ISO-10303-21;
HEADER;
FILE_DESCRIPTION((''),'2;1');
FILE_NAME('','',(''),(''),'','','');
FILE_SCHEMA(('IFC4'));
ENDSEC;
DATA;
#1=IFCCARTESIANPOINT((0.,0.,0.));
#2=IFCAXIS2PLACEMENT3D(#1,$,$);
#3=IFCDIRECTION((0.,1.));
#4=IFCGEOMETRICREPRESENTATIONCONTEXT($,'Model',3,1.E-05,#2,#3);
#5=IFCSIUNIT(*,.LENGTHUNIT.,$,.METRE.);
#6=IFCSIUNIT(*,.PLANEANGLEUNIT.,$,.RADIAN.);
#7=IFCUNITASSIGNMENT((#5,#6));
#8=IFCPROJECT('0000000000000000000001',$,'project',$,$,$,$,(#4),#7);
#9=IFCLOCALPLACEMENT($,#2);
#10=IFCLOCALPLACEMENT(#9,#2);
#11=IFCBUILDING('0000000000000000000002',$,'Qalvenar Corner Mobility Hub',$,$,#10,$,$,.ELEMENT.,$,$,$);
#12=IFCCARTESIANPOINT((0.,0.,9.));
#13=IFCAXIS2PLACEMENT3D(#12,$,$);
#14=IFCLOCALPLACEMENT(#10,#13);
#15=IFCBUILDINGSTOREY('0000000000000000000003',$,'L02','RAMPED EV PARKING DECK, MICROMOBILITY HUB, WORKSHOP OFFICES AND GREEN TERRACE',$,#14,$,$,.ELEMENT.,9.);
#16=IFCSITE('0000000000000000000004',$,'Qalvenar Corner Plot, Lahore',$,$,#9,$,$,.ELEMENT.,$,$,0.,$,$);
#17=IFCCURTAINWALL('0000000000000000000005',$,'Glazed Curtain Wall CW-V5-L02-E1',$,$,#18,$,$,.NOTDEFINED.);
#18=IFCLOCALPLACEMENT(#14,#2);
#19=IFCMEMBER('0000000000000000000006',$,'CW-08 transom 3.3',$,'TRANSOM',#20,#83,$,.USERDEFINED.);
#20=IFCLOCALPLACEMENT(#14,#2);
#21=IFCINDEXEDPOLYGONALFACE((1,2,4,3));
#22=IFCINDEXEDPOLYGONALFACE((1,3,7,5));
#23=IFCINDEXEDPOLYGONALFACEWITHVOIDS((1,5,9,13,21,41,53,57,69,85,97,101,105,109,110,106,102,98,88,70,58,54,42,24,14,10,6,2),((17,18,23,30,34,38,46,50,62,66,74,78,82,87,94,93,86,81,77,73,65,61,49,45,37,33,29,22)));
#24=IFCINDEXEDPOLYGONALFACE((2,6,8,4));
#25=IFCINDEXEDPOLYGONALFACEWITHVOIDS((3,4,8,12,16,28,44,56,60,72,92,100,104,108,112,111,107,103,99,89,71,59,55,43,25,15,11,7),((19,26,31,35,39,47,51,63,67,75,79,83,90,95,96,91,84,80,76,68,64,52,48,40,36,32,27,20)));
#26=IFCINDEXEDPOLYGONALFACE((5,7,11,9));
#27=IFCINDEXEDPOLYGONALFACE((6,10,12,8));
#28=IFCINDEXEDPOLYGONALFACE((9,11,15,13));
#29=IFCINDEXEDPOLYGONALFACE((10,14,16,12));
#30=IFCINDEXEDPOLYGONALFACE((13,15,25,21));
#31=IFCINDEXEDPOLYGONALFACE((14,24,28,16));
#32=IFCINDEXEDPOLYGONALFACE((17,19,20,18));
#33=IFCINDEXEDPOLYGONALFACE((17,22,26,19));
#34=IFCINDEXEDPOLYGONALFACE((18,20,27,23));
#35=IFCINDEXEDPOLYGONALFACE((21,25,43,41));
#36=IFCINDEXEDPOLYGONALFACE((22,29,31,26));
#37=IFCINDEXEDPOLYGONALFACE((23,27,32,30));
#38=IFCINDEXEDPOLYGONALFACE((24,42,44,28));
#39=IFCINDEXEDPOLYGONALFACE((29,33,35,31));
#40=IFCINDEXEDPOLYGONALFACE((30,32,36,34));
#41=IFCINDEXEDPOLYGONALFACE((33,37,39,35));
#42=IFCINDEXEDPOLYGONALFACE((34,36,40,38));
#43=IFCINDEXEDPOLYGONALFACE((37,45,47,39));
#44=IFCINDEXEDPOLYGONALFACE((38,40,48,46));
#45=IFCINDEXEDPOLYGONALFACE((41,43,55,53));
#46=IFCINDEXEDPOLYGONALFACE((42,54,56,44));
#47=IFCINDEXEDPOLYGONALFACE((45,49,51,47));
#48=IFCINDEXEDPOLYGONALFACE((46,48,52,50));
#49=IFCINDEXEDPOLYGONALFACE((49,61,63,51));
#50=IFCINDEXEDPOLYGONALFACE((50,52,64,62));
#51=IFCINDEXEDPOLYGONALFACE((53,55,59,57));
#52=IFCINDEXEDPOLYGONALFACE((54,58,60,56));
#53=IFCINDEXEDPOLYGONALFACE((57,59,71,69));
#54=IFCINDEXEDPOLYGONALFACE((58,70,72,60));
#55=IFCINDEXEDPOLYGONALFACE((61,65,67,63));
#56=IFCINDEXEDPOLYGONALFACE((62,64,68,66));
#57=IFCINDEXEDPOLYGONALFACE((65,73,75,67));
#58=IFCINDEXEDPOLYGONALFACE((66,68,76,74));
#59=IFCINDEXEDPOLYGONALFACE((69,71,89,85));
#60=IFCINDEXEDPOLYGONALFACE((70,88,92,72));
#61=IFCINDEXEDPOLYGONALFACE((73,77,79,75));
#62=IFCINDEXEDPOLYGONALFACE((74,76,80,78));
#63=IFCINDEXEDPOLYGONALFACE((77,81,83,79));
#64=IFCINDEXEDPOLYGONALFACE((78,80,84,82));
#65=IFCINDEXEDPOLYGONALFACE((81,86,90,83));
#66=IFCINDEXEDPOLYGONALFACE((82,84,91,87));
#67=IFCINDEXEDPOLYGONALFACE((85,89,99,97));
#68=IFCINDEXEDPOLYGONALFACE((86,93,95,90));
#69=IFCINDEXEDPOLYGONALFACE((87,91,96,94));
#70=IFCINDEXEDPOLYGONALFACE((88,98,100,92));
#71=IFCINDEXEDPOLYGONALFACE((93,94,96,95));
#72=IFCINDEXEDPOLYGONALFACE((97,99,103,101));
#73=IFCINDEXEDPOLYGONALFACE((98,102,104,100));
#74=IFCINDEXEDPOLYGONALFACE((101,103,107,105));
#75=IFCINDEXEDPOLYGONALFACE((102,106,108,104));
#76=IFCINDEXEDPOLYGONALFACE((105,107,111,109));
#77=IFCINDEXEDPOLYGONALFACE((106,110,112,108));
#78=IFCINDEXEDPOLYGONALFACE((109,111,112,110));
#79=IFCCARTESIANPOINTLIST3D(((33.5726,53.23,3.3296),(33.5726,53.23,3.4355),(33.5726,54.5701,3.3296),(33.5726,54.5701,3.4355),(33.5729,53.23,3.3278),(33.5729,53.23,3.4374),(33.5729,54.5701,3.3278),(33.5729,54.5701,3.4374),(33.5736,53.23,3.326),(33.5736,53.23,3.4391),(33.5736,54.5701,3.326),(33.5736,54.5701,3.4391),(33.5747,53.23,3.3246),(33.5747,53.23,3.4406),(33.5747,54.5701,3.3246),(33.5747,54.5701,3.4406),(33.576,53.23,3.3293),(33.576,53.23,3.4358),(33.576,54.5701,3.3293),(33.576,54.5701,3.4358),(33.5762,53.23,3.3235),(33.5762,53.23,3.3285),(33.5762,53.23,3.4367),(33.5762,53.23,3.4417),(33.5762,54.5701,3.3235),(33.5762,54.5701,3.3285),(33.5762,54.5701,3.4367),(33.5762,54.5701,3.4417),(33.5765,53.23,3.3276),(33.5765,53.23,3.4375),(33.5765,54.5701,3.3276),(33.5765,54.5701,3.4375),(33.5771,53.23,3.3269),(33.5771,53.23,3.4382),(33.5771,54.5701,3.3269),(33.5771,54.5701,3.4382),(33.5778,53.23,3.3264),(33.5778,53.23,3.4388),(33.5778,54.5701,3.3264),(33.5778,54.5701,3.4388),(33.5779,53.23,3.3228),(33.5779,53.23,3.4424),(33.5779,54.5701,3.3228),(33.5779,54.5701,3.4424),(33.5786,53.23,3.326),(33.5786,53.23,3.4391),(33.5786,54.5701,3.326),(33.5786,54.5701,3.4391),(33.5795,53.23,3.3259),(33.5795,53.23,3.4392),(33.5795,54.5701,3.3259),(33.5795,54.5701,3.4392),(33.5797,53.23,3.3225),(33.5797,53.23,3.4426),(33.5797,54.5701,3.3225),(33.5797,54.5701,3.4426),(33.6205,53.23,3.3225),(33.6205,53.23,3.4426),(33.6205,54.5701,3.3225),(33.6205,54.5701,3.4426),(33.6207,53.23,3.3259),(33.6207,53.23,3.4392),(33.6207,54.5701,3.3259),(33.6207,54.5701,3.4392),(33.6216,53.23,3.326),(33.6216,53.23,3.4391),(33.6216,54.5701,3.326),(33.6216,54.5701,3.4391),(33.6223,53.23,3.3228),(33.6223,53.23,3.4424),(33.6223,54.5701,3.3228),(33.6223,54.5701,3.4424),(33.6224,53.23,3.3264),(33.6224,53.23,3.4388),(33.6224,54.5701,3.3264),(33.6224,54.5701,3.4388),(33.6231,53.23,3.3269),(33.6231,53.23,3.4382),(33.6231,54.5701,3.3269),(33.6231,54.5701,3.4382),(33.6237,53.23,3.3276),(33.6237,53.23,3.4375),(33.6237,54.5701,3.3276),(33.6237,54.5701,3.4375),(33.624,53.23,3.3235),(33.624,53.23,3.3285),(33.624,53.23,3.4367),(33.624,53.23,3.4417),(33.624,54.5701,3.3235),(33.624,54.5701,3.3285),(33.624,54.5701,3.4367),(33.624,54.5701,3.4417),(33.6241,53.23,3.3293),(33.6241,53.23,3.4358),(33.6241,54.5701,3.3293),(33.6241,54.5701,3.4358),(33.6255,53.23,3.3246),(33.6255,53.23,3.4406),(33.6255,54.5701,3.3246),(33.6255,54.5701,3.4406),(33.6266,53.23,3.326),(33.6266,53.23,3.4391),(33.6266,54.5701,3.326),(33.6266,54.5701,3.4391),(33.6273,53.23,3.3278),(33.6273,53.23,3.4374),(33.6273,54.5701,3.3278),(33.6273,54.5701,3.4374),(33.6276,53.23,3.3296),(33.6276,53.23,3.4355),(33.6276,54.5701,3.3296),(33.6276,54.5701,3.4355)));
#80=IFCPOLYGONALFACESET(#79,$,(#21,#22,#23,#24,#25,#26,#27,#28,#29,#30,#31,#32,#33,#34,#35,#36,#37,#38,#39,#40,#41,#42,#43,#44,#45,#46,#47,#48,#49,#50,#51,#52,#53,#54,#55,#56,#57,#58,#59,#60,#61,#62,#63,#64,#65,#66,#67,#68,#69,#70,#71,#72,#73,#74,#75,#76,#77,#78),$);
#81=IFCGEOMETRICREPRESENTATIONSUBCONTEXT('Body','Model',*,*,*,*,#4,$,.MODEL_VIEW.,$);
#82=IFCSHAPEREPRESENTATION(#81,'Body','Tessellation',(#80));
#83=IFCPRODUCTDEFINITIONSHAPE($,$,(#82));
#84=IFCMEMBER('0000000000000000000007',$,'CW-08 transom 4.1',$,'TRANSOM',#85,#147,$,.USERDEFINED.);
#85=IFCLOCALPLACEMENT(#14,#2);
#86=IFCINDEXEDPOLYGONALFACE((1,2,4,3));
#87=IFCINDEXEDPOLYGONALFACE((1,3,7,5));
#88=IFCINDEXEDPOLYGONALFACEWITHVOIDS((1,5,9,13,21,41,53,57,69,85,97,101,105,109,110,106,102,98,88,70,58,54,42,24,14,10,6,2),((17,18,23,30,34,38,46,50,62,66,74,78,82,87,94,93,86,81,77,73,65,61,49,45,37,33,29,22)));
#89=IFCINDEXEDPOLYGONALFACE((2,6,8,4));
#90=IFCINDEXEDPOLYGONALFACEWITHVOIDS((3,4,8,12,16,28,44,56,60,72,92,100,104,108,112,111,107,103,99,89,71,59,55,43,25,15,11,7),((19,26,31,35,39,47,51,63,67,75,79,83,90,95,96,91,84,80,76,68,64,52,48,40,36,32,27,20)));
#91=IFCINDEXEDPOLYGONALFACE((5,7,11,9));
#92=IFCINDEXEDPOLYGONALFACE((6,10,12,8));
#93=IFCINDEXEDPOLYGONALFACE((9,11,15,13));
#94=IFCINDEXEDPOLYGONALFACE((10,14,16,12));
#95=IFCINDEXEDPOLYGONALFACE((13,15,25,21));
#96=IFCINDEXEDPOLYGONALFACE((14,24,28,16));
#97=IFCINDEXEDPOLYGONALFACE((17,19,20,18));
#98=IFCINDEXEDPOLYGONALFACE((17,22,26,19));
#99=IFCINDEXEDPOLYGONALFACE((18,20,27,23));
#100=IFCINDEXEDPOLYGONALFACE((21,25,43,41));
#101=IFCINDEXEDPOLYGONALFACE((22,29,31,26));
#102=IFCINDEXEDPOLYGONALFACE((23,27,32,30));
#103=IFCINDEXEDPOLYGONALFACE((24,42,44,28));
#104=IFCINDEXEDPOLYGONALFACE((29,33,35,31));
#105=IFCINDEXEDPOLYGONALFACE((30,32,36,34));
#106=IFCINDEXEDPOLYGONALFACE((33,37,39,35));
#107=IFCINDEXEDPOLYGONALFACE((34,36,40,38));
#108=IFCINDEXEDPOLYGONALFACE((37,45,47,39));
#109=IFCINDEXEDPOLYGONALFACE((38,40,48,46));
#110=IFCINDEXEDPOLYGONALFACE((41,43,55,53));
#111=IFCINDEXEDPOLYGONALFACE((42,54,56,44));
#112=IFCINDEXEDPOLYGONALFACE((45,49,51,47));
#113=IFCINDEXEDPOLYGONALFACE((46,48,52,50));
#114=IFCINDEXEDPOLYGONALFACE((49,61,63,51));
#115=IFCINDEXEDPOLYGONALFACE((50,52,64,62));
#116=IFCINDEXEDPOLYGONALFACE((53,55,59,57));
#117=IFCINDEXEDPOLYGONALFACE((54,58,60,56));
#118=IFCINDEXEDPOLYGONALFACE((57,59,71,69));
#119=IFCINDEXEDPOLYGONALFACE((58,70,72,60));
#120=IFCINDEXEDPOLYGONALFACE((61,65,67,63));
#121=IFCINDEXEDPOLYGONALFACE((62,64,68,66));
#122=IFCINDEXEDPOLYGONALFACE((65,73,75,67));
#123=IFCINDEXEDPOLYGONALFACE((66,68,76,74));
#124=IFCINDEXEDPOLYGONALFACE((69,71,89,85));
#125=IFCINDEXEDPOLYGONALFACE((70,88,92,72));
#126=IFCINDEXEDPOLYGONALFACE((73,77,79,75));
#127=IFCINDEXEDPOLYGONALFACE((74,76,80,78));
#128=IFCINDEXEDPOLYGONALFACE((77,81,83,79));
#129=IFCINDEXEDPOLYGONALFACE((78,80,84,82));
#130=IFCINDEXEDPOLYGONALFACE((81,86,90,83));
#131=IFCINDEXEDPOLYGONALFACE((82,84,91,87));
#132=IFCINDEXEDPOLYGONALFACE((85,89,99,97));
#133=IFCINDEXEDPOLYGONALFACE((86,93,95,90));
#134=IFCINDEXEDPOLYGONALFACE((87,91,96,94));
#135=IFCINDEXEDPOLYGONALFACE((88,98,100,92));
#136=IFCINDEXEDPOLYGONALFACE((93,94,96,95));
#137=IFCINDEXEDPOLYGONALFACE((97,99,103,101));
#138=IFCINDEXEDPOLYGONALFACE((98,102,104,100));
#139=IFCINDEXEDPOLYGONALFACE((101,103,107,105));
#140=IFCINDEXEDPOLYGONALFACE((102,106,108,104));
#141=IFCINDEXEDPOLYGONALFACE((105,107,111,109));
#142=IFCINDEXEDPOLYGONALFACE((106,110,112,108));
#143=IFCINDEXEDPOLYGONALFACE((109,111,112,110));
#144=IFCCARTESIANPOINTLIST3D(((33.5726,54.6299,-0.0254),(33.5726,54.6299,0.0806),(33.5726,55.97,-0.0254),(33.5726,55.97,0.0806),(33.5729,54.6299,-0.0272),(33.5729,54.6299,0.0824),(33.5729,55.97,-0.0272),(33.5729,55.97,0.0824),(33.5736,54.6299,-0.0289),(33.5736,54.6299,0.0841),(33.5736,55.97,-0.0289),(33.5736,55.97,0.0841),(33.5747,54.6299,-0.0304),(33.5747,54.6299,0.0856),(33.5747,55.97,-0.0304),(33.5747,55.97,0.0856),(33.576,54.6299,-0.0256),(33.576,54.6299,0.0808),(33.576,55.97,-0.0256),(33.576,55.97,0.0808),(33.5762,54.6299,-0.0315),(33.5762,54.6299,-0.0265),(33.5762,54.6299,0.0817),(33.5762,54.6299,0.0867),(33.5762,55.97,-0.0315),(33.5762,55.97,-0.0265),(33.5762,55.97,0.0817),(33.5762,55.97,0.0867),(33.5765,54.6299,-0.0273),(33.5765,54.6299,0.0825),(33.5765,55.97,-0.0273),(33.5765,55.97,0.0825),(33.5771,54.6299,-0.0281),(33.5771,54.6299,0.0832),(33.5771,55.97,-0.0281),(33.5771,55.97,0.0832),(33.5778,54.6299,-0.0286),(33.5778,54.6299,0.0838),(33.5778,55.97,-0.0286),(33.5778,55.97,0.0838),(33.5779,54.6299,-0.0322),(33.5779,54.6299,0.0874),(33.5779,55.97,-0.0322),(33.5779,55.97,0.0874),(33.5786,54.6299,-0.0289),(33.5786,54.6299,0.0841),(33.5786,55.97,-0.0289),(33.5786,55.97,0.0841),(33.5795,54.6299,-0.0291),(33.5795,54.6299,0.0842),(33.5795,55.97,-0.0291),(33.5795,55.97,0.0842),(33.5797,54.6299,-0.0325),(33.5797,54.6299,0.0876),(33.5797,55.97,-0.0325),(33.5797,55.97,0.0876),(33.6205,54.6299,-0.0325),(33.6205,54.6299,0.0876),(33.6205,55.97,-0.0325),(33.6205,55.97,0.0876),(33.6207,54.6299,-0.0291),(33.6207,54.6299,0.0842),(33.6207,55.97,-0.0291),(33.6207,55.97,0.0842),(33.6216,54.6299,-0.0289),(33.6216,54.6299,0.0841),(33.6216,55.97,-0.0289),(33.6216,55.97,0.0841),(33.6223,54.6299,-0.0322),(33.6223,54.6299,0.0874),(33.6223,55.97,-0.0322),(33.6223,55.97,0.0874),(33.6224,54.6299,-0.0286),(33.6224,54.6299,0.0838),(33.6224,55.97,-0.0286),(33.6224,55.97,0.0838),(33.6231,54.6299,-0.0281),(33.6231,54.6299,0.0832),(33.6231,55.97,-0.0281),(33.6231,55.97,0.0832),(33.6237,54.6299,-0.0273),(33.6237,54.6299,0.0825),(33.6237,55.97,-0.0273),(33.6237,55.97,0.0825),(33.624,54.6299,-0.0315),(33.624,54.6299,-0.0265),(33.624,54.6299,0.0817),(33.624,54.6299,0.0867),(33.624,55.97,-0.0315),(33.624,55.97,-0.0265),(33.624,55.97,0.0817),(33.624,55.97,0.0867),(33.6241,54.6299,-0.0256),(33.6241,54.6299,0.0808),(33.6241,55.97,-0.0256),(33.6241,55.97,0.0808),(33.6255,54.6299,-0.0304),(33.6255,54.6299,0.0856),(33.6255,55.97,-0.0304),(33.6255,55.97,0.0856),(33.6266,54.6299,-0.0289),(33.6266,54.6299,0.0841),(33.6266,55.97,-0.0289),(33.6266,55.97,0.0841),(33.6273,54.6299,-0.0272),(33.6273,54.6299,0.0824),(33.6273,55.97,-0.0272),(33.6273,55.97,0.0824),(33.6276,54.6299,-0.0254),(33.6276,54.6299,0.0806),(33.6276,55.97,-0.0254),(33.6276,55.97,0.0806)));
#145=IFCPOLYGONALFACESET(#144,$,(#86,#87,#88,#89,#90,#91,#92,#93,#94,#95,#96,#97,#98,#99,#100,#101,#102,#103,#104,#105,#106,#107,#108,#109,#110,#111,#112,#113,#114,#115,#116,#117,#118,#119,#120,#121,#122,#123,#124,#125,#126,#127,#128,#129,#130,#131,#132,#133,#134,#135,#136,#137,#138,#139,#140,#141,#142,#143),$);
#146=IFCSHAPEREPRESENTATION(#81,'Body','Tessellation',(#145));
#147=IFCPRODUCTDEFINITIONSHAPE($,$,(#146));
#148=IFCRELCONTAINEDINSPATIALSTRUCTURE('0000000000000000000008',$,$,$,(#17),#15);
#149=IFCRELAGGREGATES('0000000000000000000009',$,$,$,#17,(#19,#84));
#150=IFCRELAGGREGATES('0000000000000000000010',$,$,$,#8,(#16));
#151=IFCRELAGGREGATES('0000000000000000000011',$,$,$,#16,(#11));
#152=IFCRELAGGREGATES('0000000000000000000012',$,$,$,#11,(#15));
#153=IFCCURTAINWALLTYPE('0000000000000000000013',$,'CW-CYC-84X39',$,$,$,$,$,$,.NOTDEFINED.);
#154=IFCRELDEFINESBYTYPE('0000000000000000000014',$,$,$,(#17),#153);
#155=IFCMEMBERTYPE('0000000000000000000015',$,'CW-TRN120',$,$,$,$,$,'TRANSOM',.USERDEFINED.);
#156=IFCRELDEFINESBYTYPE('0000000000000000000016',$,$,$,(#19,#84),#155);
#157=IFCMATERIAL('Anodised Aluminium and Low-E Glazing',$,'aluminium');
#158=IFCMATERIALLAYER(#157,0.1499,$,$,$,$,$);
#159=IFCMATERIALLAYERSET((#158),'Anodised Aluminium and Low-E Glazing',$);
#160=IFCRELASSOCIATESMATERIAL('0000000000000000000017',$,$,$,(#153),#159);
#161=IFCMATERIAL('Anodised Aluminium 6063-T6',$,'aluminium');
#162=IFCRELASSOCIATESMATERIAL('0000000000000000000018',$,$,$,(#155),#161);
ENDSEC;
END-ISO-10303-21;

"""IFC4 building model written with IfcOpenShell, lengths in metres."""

from ifc_helpers import new_model, si_unit, direction, frame, origin, origin_2d, place, context, subcontext, project, spatial, hollow_rectangle, extrude, material, layer, layer_set, material_profile, profile_set, type_object, element, aggregate, save


model = new_model("IFC4")

# Units and contexts
model_context = context("Model", 3, precision=1e-05, world=origin(), true_north=direction((0.0, 1.0)))
body_context = subcontext(model_context, "Body", "Model", "MODEL_VIEW")
ifc_project = project(units=[si_unit("LENGTHUNIT", "METRE"), si_unit("PLANEANGLEUNIT", "RADIAN")], contexts=[model_context])

# Site, building, storey
site_placement = place(None, origin())
site = spatial("IfcSite", under=ifc_project, at=site_placement, Name="Qalvenar Corner Plot, Lahore", CompositionType="ELEMENT", RefElevation=0.0)
building_placement = place(site_placement, origin())
building = spatial("IfcBuilding", under=site, at=building_placement, Name="Qalvenar Corner Mobility Hub", CompositionType="ELEMENT")
storey_placement = place(building_placement, frame((0.0, 0.0, 9.0)))
storey = spatial("IfcBuildingStorey", under=building, at=storey_placement, Name="L02", Description="RAMPED EV PARKING DECK, MICROMOBILITY HUB, WORKSHOP OFFICES AND GREEN TERRACE", CompositionType="ELEMENT", Elevation=9.0)

# Curtain wall
ifc_material_1 = material(Name="Anodised Aluminium and Low-E Glazing", Category="aluminium")
ifc_layer_1 = layer(ifc_material_1, 0.1499)
ifc_layer_set_1 = layer_set([ifc_layer_1], Name="Anodised Aluminium and Low-E Glazing")
curtain_wall_type_1 = type_object("IfcCurtainWallType", Name="CW-CYC-84X39", PredefinedType="NOTDEFINED", material=ifc_layer_set_1)
curtain_wall_1_placement = place(storey_placement, origin())
curtain_wall_1 = element("IfcCurtainWall", 1, at=curtain_wall_1_placement, inside=storey, type_object=curtain_wall_type_1, Name="Glazed Curtain Wall CW-V5-L02-E1", PredefinedType="NOTDEFINED")
ifc_material_2 = material(Name="Anodised Aluminium 6063-T6", Category="aluminium")

# Members
ifc_material_profile_1 = material_profile(ifc_material_2, hollow_rectangle(XDim=0.0549, YDim=0.1201, WallThickness=0.0034, InnerFilletRadius=0.0034, OuterFilletRadius=0.0071, at=origin_2d()), Name="RHS120x55x3.5")
ifc_profile_set_1 = profile_set([ifc_material_profile_1], Name="Anodised Aluminium 6063-T6")
member_type_1 = type_object("IfcMemberType", Name="CW-TRN120", ElementType="TRANSOM", PredefinedType="USERDEFINED", material=ifc_profile_set_1)
member_1_placement = place(storey_placement, frame((33.6001, 53.23, 3.3826), z_axis=(0.0, 1.0, 0.0), x_axis=(-1.0, 0.0, 0.0)))
member_1 = element("IfcMember", 2, at=member_1_placement, type_object=member_type_1, Name="CW-08 transom 3.3", ObjectType="TRANSOM", PredefinedType="USERDEFINED", context=body_context, shape_type="SweptSolid", body=[
    extrude(hollow_rectangle(XDim=0.0549, YDim=0.1201, WallThickness=0.0034, InnerFilletRadius=0.0034, OuterFilletRadius=0.0071, at=origin_2d()), origin(), (0.0, 0.0, 1.0), 1.3401),
])
member_2_placement = place(storey_placement, frame((33.6001, 54.6299, 0.0276), z_axis=(0.0, 1.0, 0.0), x_axis=(-1.0, 0.0, 0.0)))
member_2 = element("IfcMember", 3, at=member_2_placement, type_object=member_type_1, Name="CW-08 transom 4.1", ObjectType="TRANSOM", PredefinedType="USERDEFINED", context=body_context, shape_type="SweptSolid", body=[
    extrude(hollow_rectangle(XDim=0.0549, YDim=0.1201, WallThickness=0.0034, InnerFilletRadius=0.0034, OuterFilletRadius=0.0071, at=origin_2d()), origin(), (0.0, 0.0, 1.0), 1.3401),
])

aggregate(curtain_wall_1, [member_1, member_2])

save(model, "model.ifc")
